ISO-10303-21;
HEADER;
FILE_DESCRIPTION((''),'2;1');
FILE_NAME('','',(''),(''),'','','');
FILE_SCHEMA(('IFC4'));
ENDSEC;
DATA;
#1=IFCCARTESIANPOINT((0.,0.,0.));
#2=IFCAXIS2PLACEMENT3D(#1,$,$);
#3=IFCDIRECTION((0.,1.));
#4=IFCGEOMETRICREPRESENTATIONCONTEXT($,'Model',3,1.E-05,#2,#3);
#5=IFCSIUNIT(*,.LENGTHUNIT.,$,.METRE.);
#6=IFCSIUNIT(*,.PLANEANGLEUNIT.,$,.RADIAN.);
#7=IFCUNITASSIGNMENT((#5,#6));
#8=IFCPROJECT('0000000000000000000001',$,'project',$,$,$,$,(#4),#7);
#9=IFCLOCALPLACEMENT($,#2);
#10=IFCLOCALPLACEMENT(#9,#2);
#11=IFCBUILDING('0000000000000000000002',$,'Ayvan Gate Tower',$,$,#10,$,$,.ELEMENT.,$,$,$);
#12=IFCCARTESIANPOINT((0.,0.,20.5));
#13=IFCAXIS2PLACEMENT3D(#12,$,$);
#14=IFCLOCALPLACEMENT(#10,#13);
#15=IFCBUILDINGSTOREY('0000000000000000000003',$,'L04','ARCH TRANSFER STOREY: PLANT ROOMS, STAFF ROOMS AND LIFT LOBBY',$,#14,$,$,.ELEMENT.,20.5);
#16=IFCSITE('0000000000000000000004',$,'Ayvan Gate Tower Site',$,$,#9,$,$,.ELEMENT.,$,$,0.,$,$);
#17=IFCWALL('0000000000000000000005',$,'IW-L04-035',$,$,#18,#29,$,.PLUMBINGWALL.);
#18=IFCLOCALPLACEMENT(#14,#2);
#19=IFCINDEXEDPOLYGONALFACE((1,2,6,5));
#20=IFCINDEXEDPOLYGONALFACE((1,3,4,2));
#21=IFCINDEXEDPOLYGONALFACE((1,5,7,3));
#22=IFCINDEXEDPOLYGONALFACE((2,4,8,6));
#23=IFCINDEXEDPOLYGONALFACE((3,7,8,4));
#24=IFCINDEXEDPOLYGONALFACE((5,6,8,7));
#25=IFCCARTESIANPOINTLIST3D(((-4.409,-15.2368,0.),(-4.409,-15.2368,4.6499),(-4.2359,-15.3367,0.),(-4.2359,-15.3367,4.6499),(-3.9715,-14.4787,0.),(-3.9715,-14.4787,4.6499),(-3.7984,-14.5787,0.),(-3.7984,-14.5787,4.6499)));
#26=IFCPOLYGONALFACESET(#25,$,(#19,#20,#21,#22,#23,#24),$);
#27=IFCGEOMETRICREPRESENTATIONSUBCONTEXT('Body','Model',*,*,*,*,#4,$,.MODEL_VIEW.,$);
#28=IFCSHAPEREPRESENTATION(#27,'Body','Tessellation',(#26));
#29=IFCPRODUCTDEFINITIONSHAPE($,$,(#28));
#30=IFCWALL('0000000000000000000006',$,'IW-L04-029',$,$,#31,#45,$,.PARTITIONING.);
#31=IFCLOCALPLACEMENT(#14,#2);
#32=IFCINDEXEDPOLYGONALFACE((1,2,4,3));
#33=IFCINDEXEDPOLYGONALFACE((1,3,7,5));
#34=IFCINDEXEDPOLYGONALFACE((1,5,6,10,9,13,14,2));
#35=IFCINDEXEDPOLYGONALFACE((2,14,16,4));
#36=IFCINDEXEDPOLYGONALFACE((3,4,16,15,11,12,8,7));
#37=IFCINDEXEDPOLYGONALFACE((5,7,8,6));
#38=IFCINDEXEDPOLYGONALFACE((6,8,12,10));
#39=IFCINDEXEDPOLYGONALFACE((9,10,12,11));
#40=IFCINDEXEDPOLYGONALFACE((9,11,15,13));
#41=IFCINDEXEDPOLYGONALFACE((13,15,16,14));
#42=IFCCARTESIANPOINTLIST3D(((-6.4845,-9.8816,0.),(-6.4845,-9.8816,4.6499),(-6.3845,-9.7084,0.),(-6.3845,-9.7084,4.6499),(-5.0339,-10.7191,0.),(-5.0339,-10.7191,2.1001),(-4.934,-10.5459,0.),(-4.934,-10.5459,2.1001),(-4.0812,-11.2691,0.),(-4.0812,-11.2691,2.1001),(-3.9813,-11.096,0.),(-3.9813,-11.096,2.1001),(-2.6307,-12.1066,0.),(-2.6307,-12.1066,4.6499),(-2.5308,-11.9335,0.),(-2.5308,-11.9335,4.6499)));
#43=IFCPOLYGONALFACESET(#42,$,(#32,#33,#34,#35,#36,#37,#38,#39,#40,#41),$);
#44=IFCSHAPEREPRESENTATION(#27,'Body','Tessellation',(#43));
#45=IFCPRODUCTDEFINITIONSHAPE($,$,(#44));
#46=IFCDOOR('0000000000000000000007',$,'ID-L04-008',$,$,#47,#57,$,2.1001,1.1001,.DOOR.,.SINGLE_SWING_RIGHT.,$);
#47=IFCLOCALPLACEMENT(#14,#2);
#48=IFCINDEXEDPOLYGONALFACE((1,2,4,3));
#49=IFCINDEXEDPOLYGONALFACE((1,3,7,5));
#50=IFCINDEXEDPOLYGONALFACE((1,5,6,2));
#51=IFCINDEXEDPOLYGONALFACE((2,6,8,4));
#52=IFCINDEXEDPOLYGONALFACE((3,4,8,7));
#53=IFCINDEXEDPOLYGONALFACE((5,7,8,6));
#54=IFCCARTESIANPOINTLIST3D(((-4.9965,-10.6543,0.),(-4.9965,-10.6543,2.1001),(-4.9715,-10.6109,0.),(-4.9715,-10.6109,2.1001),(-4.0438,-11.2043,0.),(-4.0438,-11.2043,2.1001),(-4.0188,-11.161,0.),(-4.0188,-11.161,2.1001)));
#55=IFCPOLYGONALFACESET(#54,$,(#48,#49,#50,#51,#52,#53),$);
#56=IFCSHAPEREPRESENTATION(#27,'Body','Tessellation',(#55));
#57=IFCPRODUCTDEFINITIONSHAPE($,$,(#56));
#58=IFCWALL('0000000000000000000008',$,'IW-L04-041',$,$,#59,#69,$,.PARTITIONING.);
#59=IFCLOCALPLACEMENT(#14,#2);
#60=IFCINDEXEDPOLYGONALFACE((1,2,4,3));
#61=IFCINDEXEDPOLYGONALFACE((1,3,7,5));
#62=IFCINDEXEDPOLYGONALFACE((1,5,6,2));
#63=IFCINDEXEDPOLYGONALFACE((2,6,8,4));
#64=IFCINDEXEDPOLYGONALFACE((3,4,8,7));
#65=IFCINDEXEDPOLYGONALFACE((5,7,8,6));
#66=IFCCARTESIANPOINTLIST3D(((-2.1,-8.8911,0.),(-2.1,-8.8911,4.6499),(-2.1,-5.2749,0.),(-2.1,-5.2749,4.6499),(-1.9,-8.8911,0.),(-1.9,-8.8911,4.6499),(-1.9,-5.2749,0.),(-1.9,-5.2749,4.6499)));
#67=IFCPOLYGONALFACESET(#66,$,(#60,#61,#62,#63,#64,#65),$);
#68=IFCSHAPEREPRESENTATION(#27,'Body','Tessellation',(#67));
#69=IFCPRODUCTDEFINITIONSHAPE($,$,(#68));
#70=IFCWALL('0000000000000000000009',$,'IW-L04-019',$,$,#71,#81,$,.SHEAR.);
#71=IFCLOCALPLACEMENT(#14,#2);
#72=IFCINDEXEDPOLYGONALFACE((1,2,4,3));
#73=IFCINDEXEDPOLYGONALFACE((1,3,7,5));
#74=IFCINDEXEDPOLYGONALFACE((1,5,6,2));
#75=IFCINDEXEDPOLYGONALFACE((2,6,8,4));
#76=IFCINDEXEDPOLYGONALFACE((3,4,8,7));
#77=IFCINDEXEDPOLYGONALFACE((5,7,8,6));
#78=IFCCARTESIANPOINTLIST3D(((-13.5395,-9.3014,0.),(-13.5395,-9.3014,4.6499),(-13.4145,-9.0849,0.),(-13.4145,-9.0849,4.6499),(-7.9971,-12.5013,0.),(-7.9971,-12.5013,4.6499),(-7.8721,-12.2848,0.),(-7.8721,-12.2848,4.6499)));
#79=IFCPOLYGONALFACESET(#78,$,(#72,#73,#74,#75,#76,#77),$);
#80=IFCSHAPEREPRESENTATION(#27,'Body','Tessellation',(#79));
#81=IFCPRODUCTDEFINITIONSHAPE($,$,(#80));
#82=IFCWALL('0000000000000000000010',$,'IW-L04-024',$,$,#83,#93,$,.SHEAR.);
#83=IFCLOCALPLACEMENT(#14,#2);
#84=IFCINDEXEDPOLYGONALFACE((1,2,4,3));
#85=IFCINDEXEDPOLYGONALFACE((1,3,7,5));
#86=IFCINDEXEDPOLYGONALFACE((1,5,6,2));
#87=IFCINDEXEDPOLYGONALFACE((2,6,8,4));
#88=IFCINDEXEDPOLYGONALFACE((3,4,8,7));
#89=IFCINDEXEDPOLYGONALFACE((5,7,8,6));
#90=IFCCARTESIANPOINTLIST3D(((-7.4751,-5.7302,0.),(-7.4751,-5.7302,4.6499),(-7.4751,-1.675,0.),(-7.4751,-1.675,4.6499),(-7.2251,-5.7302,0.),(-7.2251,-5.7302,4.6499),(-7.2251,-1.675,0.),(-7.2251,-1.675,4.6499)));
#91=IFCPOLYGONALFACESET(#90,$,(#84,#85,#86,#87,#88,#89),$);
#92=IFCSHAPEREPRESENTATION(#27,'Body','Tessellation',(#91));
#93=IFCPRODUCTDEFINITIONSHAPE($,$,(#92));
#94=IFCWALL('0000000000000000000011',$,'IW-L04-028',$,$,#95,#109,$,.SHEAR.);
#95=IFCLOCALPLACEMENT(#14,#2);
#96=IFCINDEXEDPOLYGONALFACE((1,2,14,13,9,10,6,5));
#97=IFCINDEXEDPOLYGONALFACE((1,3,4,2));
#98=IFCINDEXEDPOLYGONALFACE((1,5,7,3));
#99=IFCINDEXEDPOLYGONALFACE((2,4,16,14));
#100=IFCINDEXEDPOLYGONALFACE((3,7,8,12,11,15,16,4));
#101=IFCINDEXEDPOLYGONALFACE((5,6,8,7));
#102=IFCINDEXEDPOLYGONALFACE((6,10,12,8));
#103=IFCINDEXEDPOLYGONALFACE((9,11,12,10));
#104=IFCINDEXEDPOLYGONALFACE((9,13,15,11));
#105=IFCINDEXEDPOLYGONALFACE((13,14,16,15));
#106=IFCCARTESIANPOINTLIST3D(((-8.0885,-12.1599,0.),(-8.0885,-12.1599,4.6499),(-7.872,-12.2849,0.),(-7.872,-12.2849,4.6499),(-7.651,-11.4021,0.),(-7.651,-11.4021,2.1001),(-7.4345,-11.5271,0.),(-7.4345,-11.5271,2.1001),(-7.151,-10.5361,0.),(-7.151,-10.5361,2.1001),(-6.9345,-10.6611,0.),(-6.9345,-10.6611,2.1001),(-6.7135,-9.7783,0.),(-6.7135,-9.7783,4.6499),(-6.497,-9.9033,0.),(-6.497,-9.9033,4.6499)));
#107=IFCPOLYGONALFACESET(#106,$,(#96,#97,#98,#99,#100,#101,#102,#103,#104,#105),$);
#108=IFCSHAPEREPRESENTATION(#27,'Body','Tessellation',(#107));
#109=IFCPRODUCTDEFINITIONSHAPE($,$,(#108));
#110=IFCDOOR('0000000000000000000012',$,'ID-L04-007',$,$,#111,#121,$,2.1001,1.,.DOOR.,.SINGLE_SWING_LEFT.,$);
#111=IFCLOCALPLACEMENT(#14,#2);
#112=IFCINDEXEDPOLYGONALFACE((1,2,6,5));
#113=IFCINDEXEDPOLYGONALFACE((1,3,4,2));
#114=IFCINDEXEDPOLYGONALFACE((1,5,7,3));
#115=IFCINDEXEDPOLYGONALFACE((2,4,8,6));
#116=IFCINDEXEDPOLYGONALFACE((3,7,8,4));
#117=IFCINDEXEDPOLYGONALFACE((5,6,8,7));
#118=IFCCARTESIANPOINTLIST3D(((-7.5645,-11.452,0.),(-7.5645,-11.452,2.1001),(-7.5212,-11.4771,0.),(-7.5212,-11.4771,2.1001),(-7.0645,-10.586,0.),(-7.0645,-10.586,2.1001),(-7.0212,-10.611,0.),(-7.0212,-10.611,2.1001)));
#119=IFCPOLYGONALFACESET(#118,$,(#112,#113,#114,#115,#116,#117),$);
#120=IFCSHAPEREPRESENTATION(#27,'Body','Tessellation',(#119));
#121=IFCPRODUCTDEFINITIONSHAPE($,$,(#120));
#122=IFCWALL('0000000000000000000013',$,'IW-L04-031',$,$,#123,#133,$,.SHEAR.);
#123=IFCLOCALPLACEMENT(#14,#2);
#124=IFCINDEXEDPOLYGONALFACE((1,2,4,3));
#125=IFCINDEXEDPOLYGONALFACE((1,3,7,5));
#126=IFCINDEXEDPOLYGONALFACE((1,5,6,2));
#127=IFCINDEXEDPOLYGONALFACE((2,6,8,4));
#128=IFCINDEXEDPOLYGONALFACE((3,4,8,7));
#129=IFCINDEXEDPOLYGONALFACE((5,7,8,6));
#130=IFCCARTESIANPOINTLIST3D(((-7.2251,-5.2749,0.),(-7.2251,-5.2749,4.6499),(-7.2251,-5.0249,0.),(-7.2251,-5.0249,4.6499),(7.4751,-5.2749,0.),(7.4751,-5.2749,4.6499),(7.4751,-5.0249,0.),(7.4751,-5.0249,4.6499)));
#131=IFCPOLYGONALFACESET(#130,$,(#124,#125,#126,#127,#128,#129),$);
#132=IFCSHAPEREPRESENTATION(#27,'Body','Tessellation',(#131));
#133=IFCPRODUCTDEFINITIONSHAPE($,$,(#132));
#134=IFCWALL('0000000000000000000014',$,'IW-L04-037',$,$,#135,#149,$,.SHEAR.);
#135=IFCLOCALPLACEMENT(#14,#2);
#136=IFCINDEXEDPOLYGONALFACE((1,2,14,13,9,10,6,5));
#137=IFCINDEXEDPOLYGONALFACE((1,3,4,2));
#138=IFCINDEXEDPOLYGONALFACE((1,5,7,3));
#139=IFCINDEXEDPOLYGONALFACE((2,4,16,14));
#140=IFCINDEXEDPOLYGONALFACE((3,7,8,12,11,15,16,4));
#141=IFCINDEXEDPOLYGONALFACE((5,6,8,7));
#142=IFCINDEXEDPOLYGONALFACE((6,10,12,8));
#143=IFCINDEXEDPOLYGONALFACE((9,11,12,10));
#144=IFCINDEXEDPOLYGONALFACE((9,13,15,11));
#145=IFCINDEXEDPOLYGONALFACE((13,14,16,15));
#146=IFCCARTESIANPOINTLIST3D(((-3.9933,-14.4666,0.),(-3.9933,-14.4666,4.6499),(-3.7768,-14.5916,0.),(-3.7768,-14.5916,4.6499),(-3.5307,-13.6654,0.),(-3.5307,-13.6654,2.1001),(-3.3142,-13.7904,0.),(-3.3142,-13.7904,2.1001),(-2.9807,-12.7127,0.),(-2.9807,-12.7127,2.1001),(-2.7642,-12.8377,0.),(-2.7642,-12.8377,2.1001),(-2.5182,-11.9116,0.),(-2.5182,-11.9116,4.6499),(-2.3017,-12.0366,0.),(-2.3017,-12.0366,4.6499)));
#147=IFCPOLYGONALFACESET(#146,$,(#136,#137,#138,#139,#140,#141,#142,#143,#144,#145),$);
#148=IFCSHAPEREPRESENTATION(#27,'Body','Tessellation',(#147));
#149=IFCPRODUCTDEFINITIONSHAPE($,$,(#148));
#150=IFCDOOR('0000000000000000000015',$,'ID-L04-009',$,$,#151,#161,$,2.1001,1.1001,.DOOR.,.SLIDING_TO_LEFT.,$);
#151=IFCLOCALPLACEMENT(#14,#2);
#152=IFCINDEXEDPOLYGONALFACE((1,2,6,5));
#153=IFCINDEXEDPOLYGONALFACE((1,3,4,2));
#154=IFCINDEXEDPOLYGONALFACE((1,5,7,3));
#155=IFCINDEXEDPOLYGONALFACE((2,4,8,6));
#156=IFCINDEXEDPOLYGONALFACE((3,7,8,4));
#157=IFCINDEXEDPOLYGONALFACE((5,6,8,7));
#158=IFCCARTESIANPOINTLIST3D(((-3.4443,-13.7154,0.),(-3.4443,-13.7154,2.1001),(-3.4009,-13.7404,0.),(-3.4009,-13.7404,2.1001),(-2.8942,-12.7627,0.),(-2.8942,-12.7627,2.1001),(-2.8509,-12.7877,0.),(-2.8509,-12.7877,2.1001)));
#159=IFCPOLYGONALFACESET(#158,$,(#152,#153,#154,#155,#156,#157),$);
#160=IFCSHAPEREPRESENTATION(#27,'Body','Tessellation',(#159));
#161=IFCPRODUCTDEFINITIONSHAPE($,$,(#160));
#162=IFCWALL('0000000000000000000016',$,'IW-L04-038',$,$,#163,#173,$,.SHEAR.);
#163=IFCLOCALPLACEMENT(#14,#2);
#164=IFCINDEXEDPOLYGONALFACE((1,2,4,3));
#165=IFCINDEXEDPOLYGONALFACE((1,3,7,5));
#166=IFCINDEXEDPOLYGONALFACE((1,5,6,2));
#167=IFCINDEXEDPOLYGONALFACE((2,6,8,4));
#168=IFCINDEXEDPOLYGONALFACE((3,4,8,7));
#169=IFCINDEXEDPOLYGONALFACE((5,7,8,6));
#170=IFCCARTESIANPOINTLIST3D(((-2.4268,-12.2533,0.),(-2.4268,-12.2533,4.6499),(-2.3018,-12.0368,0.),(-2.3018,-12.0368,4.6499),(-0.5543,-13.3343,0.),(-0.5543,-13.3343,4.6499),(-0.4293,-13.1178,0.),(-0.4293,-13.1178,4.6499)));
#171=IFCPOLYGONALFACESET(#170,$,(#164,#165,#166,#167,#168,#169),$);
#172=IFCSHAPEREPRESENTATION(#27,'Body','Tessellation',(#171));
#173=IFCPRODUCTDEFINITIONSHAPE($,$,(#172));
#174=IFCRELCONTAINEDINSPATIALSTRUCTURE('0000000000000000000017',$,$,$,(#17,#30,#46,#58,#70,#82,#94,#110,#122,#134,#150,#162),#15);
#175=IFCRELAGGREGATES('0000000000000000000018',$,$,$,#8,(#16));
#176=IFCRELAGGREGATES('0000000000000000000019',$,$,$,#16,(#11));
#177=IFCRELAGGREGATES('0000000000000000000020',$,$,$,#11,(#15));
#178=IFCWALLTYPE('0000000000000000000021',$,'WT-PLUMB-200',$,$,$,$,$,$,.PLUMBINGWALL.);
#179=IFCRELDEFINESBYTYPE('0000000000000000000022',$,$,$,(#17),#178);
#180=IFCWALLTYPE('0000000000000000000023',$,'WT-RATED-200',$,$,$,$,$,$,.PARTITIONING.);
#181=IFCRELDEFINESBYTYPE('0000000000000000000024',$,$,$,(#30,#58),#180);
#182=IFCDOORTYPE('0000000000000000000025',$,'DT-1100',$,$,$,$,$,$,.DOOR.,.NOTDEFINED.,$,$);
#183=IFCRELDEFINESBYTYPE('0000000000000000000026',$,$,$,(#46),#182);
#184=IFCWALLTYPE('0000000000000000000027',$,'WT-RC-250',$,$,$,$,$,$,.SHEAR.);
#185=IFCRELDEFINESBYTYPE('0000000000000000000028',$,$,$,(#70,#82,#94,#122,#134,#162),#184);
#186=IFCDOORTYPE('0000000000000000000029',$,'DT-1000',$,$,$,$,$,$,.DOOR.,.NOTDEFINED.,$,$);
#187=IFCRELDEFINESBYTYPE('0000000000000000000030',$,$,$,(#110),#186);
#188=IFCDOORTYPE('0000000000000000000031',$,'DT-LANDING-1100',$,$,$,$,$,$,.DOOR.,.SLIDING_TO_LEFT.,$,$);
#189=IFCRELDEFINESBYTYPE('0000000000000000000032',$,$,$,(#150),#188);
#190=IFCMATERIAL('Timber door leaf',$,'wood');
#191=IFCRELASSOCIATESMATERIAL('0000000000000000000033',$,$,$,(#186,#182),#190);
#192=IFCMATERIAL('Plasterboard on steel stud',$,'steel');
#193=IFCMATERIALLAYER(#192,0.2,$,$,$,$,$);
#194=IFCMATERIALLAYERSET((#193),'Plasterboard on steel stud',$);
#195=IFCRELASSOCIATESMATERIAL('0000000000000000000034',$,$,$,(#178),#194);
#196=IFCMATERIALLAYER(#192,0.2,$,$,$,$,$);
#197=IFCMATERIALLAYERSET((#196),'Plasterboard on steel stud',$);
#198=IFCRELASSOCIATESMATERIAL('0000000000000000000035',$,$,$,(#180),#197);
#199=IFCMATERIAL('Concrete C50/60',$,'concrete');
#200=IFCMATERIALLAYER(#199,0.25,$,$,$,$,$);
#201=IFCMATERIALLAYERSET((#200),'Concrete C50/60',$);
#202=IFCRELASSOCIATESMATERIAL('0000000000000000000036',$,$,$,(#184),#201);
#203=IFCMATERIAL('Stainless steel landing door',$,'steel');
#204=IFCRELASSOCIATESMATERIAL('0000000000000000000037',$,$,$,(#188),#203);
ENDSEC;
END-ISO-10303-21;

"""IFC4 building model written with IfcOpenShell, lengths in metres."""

from ifc_helpers import new_model, si_unit, direction, frame, frame_2d, origin, place, context, subcontext, project, spatial, rectangle, extrude, material, layer, layer_set, type_object, element, fill, save


model = new_model("IFC4")

# Units and contexts
model_context = context("Model", 3, precision=1e-05, world=origin(), true_north=direction((0.0, 1.0)))
body_context = subcontext(model_context, "Body", "Model", "MODEL_VIEW")
ifc_project = project(units=[si_unit("LENGTHUNIT", "METRE"), si_unit("PLANEANGLEUNIT", "RADIAN")], contexts=[model_context])

# Site, building, storey
site_placement = place(None, origin())
site = spatial("IfcSite", under=ifc_project, at=site_placement, Name="Ayvan Gate Tower Site", CompositionType="ELEMENT", RefElevation=0.0)
building_placement = place(site_placement, origin())
building = spatial("IfcBuilding", under=site, at=building_placement, Name="Ayvan Gate Tower", CompositionType="ELEMENT")
storey_placement = place(building_placement, frame((0.0, 0.0, 20.5)))
storey = spatial("IfcBuildingStorey", under=building, at=storey_placement, Name="L04", Description="ARCH TRANSFER STOREY: PLANT ROOMS, STAFF ROOMS AND LIFT LOBBY", CompositionType="ELEMENT", Elevation=20.5)

# Shared definitions
ifc_material_1 = material(Name="Timber door leaf", Category="wood")

# Shared definitions
ifc_material_2 = material(Name="Plasterboard on steel stud", Category="steel")
door_type_1 = type_object("IfcDoorType", Name="DT-1000", OperationType="NOTDEFINED", PredefinedType="DOOR", material=ifc_material_1)

# Wall
ifc_layer_1 = layer(ifc_material_2, 0.2)
ifc_layer_set_1 = layer_set([ifc_layer_1], Name="Plasterboard on steel stud")
wall_type_1 = type_object("IfcWallType", Name="WT-PLUMB-200", PredefinedType="PLUMBINGWALL", material=ifc_layer_set_1)
wall_1_placement = place(storey_placement, frame((-3.885, -14.5288, 0.0), z_axis=(0.0, 0.0, 1.0), x_axis=(-0.499859, -0.866107, 0.0)))
element("IfcWall", 1, at=wall_1_placement, inside=storey, type_object=wall_type_1, Name="IW-L04-035", PredefinedType="PLUMBINGWALL", context=body_context, shape_type="SweptSolid", body=[
    extrude(rectangle(XDim=0.8752, YDim=0.2, at=frame_2d((0.4375, 0.0))), origin(), (0.0, 0.0, 1.0), 4.6499),
])

# Wall, opening, door
ifc_layer_2 = layer(ifc_material_2, 0.2)
ifc_layer_set_2 = layer_set([ifc_layer_2], Name="Plasterboard on steel stud")
wall_type_2 = type_object("IfcWallType", Name="WT-RATED-200", PredefinedType="PARTITIONING", material=ifc_layer_set_2)
wall_2_placement = place(storey_placement, frame((-6.4346, -9.7949, 0.0), z_axis=(0.0, 0.0, 1.0), x_axis=(0.866013, -0.500022, 0.0)))
wall_2 = element("IfcWall", 2, at=wall_2_placement, inside=storey, type_object=wall_type_2, Name="IW-L04-029", PredefinedType="PARTITIONING", context=body_context, shape_type="SweptSolid", body=[
    extrude(rectangle(XDim=4.45, YDim=0.2, at=frame_2d((2.2251, 0.0))), origin(), (0.0, 0.0, 1.0), 4.6499),
])
opening_1_placement = place(wall_2_placement, frame((1.675, 0.0, 0.0)))
opening_1 = element("IfcOpeningElement", 3, at=opening_1_placement, cuts=wall_2, PredefinedType="OPENING", context=body_context, shape_type="SweptSolid", body=[
    extrude(rectangle(XDim=1.1001, YDim=2.1001, at=frame_2d((0.55, 1.05))), frame((0.0, 0.1099, 0.0), z_axis=(0.0, -1.0, 0.0), x_axis=(1.0, 0.0, 0.0)), (0.0, 0.0, 1.0), 0.22),
])
door_type_2 = type_object("IfcDoorType", Name="DT-1100", OperationType="NOTDEFINED", PredefinedType="DOOR", material=ifc_material_1)
door_1_placement = place(opening_1_placement, origin())
door_1 = element("IfcDoor", 4, at=door_1_placement, inside=storey, type_object=door_type_2, Name="ID-L04-008", OperationType="SINGLE_SWING_RIGHT", OverallHeight=2.1001, OverallWidth=1.1001, PredefinedType="DOOR", context=body_context, shape_type="SweptSolid", body=[
    extrude(rectangle(XDim=1.1001, YDim=2.1001, at=frame_2d((0.55, 1.05))), frame((0.0, 0.0249, 0.0), z_axis=(0.0, -1.0, 0.0), x_axis=(1.0, 0.0, 0.0)), (0.0, 0.0, 1.0), 0.05),
])
fill(opening_1, door_1)

# Walls
wall_3_placement = place(storey_placement, frame((-2.0, -5.2749, 0.0), z_axis=(0.0, 0.0, 1.0), x_axis=(0.0, -1.0, 0.0)))
element("IfcWall", 5, at=wall_3_placement, inside=storey, type_object=wall_type_2, Name="IW-L04-041", PredefinedType="PARTITIONING", context=body_context, shape_type="SweptSolid", body=[
    extrude(rectangle(XDim=3.6162, YDim=0.2, at=frame_2d((1.8081, 0.0))), origin(), (0.0, 0.0, 1.0), 4.6499),
])
ifc_material_3 = material(Name="Concrete C50/60", Category="concrete")
ifc_layer_3 = layer(ifc_material_3, 0.25)
ifc_layer_set_3 = layer_set([ifc_layer_3], Name="Concrete C50/60")
wall_type_3 = type_object("IfcWallType", Name="WT-RC-250", PredefinedType="SHEAR", material=ifc_layer_set_3)
wall_4_placement = place(storey_placement, frame((-7.9346, -12.3931, 0.0), z_axis=(0.0, 0.0, 1.0), x_axis=(-0.866025, 0.5, 0.0)))
element("IfcWall", 6, at=wall_4_placement, inside=storey, type_object=wall_type_3, Name="IW-L04-019", PredefinedType="SHEAR", context=body_context, shape_type="SweptSolid", body=[
    extrude(rectangle(XDim=6.3999, YDim=0.25, at=frame_2d((3.2, 0.0))), origin(), (0.0, 0.0, 1.0), 4.6499),
])
wall_5_placement = place(storey_placement, frame((-7.3501, -5.7302, 0.0), z_axis=(0.0, 0.0, 1.0), x_axis=(0.0, 1.0, 0.0)))
element("IfcWall", 7, at=wall_5_placement, inside=storey, type_object=wall_type_3, Name="IW-L04-024", PredefinedType="SHEAR", context=body_context, shape_type="SweptSolid", body=[
    extrude(rectangle(XDim=4.0552, YDim=0.25, at=frame_2d((2.0276, 0.0))), origin(), (0.0, 0.0, 1.0), 4.6499),
])

# Wall, opening, door
wall_6_placement = place(storey_placement, frame((-6.6052, -9.8408, 0.0), z_axis=(0.0, 0.0, 1.0), x_axis=(-0.499997, -0.866027, 0.0)))
wall_6 = element("IfcWall", 8, at=wall_6_placement, inside=storey, type_object=wall_type_3, Name="IW-L04-028", PredefinedType="SHEAR", context=body_context, shape_type="SweptSolid", body=[
    extrude(rectangle(XDim=2.75, YDim=0.25, at=frame_2d((1.375, 0.0))), origin(), (0.0, 0.0, 1.0), 4.6499),
])
opening_2_placement = place(wall_6_placement, frame((0.875, 0.0, 0.0)))
opening_2 = element("IfcOpeningElement", 9, at=opening_2_placement, cuts=wall_6, PredefinedType="OPENING", context=body_context, shape_type="SweptSolid", body=[
    extrude(rectangle(XDim=1.0, YDim=2.1001, at=frame_2d((0.5, 1.05))), frame((0.0, 0.135, 0.0), z_axis=(0.0, -1.0, 0.0), x_axis=(1.0, 0.0, 0.0)), (0.0, 0.0, 1.0), 0.27),
])
door_2_placement = place(opening_2_placement, origin())
door_2 = element("IfcDoor", 10, at=door_2_placement, inside=storey, type_object=door_type_1, Name="ID-L04-007", OperationType="SINGLE_SWING_LEFT", OverallHeight=2.1001, OverallWidth=1.0, PredefinedType="DOOR", context=body_context, shape_type="SweptSolid", body=[
    extrude(rectangle(XDim=1.0, YDim=2.1001, at=frame_2d((0.5, 1.05))), frame((0.0, 0.0249, 0.0), z_axis=(0.0, -1.0, 0.0), x_axis=(1.0, 0.0, 0.0)), (0.0, 0.0, 1.0), 0.05),
])
fill(opening_2, door_2)

# Wall
wall_7_placement = place(storey_placement, frame((-7.2251, -5.1499, 0.0), z_axis=(0.0, 0.0, 1.0), x_axis=(1.0, 0.0, 0.0)))
element("IfcWall", 11, at=wall_7_placement, inside=storey, type_object=wall_type_3, Name="IW-L04-031", PredefinedType="SHEAR", context=body_context, shape_type="SweptSolid", body=[
    extrude(rectangle(XDim=14.7002, YDim=0.25, at=frame_2d((7.3501, 0.0))), origin(), (0.0, 0.0, 1.0), 4.6499),
])

# Wall, opening, door
wall_8_placement = place(storey_placement, frame((-2.4099, -11.9741, 0.0), z_axis=(0.0, 0.0, 1.0), x_axis=(-0.500002, -0.866024, 0.0)))
wall_8 = element("IfcWall", 12, at=wall_8_placement, inside=storey, type_object=wall_type_3, Name="IW-L04-037", PredefinedType="SHEAR", context=body_context, shape_type="SweptSolid", body=[
    extrude(rectangle(XDim=2.9502, YDim=0.25, at=frame_2d((1.4751, 0.0))), origin(), (0.0, 0.0, 1.0), 4.6499),
])
opening_3_placement = place(wall_8_placement, frame((0.925, 0.0, 0.0)))
opening_3 = element("IfcOpeningElement", 13, at=opening_3_placement, cuts=wall_8, PredefinedType="OPENING", context=body_context, shape_type="SweptSolid", body=[
    extrude(rectangle(XDim=1.1001, YDim=2.1001, at=frame_2d((0.55, 1.05))), frame((0.0, 0.135, 0.0), z_axis=(0.0, -1.0, 0.0), x_axis=(1.0, 0.0, 0.0)), (0.0, 0.0, 1.0), 0.27),
])
ifc_material_4 = material(Name="Stainless steel landing door", Category="steel")
door_type_3 = type_object("IfcDoorType", Name="DT-LANDING-1100", OperationType="SLIDING_TO_LEFT", PredefinedType="DOOR", material=ifc_material_4)
door_3_placement = place(opening_3_placement, origin())
door_3 = element("IfcDoor", 14, at=door_3_placement, inside=storey, type_object=door_type_3, Name="ID-L04-009", OperationType="SLIDING_TO_LEFT", OverallHeight=2.1001, OverallWidth=1.1001, PredefinedType="DOOR", context=body_context, shape_type="SweptSolid", body=[
    extrude(rectangle(XDim=1.1001, YDim=2.1001, at=frame_2d((0.55, 1.05))), frame((0.0, 0.0249, 0.0), z_axis=(0.0, -1.0, 0.0), x_axis=(1.0, 0.0, 0.0)), (0.0, 0.0, 1.0), 0.05),
])
fill(opening_3, door_3)

# Wall
wall_9_placement = place(storey_placement, frame((-2.3643, -12.145, 0.0), z_axis=(0.0, 0.0, 1.0), x_axis=(0.866039, -0.499977, 0.0)))
element("IfcWall", 15, at=wall_9_placement, inside=storey, type_object=wall_type_3, Name="IW-L04-038", PredefinedType="SHEAR", context=body_context, shape_type="SweptSolid", body=[
    extrude(rectangle(XDim=2.1621, YDim=0.25, at=frame_2d((1.0811, 0.0))), origin(), (0.0, 0.0, 1.0), 4.6499),
])

save(model, "model.ifc")
